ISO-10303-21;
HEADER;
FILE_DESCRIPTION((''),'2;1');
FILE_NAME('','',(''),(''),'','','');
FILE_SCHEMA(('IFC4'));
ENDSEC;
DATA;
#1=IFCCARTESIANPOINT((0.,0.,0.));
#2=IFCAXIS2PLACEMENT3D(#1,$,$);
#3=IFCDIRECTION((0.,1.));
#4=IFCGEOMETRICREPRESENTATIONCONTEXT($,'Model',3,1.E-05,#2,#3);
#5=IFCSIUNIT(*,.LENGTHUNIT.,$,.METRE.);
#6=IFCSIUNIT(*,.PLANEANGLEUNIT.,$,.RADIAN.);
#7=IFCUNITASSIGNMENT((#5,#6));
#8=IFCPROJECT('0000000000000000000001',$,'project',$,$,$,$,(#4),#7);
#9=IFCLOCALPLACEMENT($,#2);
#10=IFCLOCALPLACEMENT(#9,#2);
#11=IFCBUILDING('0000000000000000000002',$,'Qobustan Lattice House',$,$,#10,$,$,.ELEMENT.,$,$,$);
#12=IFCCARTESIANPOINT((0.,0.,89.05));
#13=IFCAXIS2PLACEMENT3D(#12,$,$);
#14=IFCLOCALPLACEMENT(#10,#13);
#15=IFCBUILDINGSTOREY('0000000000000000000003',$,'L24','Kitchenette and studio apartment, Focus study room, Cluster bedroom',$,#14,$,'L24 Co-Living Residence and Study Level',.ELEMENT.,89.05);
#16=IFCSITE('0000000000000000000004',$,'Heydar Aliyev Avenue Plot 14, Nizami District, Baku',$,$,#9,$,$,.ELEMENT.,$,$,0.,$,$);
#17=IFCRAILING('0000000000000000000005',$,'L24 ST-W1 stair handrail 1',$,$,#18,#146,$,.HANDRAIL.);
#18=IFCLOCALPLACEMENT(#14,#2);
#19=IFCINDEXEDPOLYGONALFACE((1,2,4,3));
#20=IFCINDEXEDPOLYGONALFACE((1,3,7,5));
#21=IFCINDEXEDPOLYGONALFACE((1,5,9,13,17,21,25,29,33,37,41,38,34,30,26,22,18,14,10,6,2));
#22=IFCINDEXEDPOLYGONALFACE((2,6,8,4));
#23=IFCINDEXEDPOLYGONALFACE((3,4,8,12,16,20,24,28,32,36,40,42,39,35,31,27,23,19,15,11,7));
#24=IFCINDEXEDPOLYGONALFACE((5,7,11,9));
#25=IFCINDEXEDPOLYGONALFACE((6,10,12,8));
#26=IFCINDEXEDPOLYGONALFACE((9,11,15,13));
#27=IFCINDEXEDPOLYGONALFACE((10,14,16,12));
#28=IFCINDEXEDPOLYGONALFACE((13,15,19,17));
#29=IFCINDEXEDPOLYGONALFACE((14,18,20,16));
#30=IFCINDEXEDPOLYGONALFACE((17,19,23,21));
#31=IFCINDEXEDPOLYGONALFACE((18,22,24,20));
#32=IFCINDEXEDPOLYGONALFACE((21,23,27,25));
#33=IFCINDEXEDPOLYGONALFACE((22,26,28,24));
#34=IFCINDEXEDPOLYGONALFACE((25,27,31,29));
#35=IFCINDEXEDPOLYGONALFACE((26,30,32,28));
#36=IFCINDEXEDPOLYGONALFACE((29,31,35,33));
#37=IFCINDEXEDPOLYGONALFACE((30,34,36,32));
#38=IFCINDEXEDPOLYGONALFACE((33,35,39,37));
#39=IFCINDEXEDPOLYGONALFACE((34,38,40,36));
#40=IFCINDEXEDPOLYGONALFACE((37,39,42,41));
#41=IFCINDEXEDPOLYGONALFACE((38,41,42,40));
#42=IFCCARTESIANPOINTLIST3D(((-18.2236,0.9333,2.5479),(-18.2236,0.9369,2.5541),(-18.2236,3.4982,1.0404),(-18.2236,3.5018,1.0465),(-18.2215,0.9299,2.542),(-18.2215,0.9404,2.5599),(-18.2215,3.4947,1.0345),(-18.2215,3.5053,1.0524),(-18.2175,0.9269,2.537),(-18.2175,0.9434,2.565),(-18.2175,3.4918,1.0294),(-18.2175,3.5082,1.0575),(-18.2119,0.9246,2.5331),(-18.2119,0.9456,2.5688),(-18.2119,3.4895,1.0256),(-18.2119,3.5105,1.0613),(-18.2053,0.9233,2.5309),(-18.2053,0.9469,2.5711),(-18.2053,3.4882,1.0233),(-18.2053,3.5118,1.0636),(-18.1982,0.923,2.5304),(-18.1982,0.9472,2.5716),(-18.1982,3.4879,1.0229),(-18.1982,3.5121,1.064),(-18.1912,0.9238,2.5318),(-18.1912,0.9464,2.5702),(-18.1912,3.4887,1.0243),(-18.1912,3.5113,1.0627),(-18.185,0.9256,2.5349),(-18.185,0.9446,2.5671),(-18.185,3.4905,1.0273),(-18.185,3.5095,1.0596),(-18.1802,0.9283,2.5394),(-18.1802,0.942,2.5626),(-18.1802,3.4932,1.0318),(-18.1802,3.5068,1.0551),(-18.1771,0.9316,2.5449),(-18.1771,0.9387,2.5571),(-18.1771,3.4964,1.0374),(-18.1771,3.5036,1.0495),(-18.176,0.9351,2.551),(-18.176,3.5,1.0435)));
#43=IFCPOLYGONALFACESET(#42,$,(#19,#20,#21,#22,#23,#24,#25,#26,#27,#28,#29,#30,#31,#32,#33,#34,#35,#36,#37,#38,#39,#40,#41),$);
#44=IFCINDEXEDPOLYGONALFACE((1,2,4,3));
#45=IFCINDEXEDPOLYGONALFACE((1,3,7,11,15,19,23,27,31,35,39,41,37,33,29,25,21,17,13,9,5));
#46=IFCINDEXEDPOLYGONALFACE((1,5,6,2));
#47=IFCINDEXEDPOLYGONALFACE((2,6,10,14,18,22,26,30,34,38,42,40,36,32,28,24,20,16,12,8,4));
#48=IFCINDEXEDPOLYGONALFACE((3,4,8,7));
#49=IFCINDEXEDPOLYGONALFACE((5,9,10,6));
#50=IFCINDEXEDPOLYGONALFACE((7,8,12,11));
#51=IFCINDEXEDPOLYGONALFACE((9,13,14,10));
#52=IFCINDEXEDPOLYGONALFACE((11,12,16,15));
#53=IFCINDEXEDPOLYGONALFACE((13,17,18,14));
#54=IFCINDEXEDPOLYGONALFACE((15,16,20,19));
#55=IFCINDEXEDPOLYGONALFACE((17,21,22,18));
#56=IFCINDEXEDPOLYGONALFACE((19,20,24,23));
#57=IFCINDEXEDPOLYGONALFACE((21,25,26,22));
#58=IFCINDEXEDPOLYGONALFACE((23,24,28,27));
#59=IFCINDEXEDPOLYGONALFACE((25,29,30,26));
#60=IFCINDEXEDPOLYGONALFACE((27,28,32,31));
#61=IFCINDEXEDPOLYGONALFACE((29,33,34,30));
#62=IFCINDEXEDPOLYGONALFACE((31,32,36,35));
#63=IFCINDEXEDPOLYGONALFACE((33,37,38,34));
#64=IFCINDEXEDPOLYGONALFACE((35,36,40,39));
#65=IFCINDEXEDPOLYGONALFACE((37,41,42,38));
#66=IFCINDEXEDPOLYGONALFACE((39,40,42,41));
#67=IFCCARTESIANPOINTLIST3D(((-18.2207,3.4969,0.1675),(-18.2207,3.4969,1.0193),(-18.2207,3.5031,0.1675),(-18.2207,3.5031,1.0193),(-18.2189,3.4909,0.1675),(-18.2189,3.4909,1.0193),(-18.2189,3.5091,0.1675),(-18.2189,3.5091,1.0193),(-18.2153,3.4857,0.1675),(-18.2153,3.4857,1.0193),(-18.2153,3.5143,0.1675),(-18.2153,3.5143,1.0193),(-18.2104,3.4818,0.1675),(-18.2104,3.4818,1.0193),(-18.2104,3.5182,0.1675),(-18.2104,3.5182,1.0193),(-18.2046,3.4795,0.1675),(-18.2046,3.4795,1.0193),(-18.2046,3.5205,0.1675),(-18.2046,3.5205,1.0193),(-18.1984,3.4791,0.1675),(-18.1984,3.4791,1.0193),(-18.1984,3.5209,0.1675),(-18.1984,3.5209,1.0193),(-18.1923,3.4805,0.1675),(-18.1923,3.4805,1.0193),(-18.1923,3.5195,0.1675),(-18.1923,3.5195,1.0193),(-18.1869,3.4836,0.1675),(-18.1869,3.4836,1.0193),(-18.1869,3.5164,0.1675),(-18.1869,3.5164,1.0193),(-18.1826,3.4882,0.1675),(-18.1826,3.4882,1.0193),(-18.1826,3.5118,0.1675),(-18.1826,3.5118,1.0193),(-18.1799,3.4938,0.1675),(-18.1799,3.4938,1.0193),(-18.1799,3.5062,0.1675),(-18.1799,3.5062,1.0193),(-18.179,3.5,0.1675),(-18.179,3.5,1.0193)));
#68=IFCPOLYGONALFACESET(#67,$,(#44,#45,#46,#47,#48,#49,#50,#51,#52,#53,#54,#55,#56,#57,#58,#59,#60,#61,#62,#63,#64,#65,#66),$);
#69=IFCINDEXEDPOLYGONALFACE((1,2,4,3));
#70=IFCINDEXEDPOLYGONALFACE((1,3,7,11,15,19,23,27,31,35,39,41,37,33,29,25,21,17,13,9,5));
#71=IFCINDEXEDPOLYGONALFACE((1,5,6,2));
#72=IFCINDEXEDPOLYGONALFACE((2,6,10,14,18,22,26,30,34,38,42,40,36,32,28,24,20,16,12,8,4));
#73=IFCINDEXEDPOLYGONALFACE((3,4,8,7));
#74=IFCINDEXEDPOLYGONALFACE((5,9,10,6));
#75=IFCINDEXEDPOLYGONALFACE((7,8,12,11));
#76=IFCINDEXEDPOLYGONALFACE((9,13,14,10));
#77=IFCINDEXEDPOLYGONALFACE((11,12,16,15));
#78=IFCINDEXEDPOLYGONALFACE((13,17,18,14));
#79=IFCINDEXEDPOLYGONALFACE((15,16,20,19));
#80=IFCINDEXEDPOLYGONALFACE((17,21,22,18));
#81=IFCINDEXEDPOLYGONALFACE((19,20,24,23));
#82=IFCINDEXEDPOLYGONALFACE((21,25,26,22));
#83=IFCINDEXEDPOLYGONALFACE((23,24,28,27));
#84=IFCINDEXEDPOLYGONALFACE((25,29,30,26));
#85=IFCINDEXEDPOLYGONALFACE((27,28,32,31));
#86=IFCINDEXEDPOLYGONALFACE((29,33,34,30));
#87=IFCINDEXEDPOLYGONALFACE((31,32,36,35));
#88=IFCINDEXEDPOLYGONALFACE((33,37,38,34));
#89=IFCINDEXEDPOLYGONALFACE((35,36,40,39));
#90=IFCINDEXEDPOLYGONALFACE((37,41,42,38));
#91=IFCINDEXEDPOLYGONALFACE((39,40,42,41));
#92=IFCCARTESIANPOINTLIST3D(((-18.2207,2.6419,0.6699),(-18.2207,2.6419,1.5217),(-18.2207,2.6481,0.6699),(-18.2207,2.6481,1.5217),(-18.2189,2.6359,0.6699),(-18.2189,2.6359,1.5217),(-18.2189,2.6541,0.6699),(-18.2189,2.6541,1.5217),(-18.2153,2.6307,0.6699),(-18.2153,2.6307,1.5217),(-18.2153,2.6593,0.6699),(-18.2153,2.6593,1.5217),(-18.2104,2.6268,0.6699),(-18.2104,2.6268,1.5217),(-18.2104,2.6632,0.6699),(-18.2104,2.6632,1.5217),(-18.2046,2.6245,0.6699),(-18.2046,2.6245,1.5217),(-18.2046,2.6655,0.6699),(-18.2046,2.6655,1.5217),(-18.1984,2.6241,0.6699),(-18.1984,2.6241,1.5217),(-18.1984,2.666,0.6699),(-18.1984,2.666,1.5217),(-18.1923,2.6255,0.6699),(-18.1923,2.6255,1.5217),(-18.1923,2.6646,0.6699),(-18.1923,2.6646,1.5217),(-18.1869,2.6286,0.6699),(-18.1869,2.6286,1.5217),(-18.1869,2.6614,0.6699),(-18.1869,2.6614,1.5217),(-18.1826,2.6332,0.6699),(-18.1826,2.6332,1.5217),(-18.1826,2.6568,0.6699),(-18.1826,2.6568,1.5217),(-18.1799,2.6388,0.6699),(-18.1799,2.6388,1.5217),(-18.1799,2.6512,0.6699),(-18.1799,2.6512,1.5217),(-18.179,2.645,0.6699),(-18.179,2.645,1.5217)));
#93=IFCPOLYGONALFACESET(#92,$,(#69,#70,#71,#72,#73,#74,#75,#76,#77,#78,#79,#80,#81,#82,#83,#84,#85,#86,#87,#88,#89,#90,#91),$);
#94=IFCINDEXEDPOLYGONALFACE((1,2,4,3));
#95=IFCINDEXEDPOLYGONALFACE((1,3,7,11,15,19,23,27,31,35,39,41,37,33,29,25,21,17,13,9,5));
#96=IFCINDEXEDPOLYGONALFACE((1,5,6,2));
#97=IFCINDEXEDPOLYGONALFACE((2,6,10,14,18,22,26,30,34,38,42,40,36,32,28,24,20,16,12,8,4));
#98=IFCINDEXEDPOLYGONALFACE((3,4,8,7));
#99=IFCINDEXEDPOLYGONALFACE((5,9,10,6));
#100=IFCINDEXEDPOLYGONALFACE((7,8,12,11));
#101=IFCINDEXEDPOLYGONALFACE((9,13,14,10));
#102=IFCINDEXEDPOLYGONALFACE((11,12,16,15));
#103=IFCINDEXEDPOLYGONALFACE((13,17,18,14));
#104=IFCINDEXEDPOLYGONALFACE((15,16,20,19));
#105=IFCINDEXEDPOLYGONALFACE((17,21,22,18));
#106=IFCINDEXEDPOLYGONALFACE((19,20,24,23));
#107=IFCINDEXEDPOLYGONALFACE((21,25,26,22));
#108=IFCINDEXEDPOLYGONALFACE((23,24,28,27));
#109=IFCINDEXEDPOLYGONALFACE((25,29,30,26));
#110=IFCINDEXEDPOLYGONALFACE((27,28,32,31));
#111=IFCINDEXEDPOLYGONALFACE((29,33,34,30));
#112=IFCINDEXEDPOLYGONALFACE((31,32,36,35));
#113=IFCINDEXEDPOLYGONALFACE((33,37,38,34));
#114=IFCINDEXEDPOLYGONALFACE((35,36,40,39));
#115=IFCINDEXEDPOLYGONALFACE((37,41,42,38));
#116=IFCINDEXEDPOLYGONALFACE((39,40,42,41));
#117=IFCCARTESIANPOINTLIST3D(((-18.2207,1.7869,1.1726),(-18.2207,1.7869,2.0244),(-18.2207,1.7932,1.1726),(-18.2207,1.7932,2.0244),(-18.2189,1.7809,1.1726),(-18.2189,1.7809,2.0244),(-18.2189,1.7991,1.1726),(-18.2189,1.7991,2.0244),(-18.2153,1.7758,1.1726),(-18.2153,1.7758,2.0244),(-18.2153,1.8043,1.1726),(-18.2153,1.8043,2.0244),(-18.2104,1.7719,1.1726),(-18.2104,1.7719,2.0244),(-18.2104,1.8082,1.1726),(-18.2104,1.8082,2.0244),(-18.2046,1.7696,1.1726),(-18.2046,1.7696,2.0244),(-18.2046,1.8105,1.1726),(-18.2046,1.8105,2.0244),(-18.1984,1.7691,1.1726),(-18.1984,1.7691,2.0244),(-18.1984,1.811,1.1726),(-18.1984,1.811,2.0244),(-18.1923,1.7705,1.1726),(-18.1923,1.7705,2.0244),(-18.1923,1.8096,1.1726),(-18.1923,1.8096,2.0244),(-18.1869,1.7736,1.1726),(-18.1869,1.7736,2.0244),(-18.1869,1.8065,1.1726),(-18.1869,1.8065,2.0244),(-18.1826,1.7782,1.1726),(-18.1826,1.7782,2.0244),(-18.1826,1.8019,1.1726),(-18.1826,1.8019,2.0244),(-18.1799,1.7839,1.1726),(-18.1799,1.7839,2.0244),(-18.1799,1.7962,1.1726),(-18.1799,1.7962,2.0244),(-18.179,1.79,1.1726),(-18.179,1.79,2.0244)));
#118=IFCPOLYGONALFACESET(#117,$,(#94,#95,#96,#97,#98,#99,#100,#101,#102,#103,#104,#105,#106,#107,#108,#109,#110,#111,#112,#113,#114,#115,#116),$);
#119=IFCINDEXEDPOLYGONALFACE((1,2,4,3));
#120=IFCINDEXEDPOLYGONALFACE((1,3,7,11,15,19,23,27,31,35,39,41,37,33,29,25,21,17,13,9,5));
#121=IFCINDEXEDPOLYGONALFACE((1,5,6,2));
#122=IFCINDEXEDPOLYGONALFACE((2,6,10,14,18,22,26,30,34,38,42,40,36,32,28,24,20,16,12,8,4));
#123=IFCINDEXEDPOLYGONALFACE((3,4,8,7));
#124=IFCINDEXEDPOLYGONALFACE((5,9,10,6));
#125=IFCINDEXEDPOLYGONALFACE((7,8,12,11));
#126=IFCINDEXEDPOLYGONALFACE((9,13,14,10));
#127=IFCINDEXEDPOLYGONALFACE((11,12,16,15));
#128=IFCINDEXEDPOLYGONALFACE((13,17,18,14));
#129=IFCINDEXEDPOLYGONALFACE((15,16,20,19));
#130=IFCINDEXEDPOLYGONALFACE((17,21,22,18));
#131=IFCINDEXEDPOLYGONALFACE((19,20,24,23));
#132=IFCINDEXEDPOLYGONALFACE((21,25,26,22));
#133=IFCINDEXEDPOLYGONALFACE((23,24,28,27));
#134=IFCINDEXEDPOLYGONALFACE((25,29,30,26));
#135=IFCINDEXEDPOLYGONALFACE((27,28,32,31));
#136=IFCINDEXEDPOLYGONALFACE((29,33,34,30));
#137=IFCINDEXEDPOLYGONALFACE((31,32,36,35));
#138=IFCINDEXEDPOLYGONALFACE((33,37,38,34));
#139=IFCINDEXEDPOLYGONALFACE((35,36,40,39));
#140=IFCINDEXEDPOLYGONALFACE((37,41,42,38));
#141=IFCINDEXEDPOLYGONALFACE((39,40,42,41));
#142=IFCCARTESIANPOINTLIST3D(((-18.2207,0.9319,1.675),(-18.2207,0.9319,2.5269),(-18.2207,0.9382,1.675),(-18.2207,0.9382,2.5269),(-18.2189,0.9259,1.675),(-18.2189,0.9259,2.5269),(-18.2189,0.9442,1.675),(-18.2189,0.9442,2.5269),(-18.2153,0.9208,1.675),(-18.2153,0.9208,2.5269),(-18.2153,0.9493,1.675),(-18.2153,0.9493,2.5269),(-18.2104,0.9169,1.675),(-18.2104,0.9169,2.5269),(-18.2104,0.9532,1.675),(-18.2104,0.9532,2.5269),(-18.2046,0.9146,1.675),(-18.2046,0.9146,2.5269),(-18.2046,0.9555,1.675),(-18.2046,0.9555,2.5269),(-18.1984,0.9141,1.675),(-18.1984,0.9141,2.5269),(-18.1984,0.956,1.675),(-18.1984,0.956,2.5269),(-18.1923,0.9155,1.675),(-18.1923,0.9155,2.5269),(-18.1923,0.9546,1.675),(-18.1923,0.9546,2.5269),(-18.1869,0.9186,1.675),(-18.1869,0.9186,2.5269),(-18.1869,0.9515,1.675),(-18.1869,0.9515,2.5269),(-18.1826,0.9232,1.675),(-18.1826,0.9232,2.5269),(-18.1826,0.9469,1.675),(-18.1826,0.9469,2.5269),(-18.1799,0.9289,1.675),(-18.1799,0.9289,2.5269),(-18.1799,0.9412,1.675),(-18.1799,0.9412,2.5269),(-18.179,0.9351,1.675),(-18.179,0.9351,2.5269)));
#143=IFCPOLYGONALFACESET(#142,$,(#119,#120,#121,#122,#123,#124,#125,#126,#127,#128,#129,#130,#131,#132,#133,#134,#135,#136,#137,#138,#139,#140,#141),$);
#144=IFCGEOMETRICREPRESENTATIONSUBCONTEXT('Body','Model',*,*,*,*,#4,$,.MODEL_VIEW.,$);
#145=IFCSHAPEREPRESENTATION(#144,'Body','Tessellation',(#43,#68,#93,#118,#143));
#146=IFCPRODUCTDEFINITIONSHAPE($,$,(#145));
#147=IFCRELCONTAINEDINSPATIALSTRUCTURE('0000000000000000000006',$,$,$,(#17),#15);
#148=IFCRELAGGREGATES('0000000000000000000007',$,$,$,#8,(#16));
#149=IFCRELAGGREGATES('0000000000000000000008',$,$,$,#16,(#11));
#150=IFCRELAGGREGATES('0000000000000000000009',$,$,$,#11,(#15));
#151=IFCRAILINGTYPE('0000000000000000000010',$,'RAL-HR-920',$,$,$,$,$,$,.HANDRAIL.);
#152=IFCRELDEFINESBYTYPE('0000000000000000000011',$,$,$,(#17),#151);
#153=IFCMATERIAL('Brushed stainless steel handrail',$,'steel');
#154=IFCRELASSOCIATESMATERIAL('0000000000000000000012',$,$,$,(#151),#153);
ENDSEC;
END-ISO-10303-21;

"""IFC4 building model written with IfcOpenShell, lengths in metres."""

from ifc_helpers import new_model, si_unit, direction, frame, origin, origin_2d, place, context, subcontext, project, spatial, circle, extrude, material, type_object, element, save


model = new_model("IFC4")

# Units and contexts
model_context = context("Model", 3, precision=1e-05, world=origin(), true_north=direction((0.0, 1.0)))
body_context = subcontext(model_context, "Body", "Model", "MODEL_VIEW")
ifc_project = project(units=[si_unit("LENGTHUNIT", "METRE"), si_unit("PLANEANGLEUNIT", "RADIAN")], contexts=[model_context])

# Site, building, storey
site_placement = place(None, origin())
site = spatial("IfcSite", under=ifc_project, at=site_placement, Name="Heydar Aliyev Avenue Plot 14, Nizami District, Baku", CompositionType="ELEMENT", RefElevation=0.0)
building_placement = place(site_placement, origin())
building = spatial("IfcBuilding", under=site, at=building_placement, Name="Qobustan Lattice House", CompositionType="ELEMENT")
storey_placement = place(building_placement, frame((0.0, 0.0, 89.05)))
storey = spatial("IfcBuildingStorey", under=building, at=storey_placement, Name="L24", Description="Kitchenette and studio apartment, Focus study room, Cluster bedroom", LongName="L24 Co-Living Residence and Study Level", CompositionType="ELEMENT", Elevation=89.05)

# Railing
ifc_material_1 = material(Name="Brushed stainless steel handrail", Category="steel")
railing_type = type_object("IfcRailingType", Name="RAL-HR-920", PredefinedType="HANDRAIL", material=ifc_material_1)
railing_placement = place(storey_placement, frame((-18.2, 3.5, 0.1675)))
element("IfcRailing", 1, at=railing_placement, inside=storey, type_object=railing_type, Name="L24 ST-W1 stair handrail 1", PredefinedType="HANDRAIL", context=body_context, shape_type="SweptSolid", body=[
    extrude(circle(Radius=0.0239, at=origin_2d()), frame((0.0, 0.0, 0.876), z_axis=(0.0, -0.862113, 0.506715), x_axis=(1.0, 0.0, 0.0)), (0.0, 0.0, 1.0), 2.9751),
    extrude(circle(Radius=0.021, at=origin_2d()), origin(), (0.0, 0.0, 1.0), 0.8518),
    extrude(circle(Radius=0.021, at=origin_2d()), frame((0.0, -0.855, 0.5024)), (0.0, 0.0, 1.0), 0.8518),
    extrude(circle(Radius=0.021, at=origin_2d()), frame((0.0, -1.71, 1.0051)), (0.0, 0.0, 1.0), 0.8518),
    extrude(circle(Radius=0.021, at=origin_2d()), frame((0.0, -2.5649, 1.5076)), (0.0, 0.0, 1.0), 0.8518),
])

save(model, "model.ifc")
